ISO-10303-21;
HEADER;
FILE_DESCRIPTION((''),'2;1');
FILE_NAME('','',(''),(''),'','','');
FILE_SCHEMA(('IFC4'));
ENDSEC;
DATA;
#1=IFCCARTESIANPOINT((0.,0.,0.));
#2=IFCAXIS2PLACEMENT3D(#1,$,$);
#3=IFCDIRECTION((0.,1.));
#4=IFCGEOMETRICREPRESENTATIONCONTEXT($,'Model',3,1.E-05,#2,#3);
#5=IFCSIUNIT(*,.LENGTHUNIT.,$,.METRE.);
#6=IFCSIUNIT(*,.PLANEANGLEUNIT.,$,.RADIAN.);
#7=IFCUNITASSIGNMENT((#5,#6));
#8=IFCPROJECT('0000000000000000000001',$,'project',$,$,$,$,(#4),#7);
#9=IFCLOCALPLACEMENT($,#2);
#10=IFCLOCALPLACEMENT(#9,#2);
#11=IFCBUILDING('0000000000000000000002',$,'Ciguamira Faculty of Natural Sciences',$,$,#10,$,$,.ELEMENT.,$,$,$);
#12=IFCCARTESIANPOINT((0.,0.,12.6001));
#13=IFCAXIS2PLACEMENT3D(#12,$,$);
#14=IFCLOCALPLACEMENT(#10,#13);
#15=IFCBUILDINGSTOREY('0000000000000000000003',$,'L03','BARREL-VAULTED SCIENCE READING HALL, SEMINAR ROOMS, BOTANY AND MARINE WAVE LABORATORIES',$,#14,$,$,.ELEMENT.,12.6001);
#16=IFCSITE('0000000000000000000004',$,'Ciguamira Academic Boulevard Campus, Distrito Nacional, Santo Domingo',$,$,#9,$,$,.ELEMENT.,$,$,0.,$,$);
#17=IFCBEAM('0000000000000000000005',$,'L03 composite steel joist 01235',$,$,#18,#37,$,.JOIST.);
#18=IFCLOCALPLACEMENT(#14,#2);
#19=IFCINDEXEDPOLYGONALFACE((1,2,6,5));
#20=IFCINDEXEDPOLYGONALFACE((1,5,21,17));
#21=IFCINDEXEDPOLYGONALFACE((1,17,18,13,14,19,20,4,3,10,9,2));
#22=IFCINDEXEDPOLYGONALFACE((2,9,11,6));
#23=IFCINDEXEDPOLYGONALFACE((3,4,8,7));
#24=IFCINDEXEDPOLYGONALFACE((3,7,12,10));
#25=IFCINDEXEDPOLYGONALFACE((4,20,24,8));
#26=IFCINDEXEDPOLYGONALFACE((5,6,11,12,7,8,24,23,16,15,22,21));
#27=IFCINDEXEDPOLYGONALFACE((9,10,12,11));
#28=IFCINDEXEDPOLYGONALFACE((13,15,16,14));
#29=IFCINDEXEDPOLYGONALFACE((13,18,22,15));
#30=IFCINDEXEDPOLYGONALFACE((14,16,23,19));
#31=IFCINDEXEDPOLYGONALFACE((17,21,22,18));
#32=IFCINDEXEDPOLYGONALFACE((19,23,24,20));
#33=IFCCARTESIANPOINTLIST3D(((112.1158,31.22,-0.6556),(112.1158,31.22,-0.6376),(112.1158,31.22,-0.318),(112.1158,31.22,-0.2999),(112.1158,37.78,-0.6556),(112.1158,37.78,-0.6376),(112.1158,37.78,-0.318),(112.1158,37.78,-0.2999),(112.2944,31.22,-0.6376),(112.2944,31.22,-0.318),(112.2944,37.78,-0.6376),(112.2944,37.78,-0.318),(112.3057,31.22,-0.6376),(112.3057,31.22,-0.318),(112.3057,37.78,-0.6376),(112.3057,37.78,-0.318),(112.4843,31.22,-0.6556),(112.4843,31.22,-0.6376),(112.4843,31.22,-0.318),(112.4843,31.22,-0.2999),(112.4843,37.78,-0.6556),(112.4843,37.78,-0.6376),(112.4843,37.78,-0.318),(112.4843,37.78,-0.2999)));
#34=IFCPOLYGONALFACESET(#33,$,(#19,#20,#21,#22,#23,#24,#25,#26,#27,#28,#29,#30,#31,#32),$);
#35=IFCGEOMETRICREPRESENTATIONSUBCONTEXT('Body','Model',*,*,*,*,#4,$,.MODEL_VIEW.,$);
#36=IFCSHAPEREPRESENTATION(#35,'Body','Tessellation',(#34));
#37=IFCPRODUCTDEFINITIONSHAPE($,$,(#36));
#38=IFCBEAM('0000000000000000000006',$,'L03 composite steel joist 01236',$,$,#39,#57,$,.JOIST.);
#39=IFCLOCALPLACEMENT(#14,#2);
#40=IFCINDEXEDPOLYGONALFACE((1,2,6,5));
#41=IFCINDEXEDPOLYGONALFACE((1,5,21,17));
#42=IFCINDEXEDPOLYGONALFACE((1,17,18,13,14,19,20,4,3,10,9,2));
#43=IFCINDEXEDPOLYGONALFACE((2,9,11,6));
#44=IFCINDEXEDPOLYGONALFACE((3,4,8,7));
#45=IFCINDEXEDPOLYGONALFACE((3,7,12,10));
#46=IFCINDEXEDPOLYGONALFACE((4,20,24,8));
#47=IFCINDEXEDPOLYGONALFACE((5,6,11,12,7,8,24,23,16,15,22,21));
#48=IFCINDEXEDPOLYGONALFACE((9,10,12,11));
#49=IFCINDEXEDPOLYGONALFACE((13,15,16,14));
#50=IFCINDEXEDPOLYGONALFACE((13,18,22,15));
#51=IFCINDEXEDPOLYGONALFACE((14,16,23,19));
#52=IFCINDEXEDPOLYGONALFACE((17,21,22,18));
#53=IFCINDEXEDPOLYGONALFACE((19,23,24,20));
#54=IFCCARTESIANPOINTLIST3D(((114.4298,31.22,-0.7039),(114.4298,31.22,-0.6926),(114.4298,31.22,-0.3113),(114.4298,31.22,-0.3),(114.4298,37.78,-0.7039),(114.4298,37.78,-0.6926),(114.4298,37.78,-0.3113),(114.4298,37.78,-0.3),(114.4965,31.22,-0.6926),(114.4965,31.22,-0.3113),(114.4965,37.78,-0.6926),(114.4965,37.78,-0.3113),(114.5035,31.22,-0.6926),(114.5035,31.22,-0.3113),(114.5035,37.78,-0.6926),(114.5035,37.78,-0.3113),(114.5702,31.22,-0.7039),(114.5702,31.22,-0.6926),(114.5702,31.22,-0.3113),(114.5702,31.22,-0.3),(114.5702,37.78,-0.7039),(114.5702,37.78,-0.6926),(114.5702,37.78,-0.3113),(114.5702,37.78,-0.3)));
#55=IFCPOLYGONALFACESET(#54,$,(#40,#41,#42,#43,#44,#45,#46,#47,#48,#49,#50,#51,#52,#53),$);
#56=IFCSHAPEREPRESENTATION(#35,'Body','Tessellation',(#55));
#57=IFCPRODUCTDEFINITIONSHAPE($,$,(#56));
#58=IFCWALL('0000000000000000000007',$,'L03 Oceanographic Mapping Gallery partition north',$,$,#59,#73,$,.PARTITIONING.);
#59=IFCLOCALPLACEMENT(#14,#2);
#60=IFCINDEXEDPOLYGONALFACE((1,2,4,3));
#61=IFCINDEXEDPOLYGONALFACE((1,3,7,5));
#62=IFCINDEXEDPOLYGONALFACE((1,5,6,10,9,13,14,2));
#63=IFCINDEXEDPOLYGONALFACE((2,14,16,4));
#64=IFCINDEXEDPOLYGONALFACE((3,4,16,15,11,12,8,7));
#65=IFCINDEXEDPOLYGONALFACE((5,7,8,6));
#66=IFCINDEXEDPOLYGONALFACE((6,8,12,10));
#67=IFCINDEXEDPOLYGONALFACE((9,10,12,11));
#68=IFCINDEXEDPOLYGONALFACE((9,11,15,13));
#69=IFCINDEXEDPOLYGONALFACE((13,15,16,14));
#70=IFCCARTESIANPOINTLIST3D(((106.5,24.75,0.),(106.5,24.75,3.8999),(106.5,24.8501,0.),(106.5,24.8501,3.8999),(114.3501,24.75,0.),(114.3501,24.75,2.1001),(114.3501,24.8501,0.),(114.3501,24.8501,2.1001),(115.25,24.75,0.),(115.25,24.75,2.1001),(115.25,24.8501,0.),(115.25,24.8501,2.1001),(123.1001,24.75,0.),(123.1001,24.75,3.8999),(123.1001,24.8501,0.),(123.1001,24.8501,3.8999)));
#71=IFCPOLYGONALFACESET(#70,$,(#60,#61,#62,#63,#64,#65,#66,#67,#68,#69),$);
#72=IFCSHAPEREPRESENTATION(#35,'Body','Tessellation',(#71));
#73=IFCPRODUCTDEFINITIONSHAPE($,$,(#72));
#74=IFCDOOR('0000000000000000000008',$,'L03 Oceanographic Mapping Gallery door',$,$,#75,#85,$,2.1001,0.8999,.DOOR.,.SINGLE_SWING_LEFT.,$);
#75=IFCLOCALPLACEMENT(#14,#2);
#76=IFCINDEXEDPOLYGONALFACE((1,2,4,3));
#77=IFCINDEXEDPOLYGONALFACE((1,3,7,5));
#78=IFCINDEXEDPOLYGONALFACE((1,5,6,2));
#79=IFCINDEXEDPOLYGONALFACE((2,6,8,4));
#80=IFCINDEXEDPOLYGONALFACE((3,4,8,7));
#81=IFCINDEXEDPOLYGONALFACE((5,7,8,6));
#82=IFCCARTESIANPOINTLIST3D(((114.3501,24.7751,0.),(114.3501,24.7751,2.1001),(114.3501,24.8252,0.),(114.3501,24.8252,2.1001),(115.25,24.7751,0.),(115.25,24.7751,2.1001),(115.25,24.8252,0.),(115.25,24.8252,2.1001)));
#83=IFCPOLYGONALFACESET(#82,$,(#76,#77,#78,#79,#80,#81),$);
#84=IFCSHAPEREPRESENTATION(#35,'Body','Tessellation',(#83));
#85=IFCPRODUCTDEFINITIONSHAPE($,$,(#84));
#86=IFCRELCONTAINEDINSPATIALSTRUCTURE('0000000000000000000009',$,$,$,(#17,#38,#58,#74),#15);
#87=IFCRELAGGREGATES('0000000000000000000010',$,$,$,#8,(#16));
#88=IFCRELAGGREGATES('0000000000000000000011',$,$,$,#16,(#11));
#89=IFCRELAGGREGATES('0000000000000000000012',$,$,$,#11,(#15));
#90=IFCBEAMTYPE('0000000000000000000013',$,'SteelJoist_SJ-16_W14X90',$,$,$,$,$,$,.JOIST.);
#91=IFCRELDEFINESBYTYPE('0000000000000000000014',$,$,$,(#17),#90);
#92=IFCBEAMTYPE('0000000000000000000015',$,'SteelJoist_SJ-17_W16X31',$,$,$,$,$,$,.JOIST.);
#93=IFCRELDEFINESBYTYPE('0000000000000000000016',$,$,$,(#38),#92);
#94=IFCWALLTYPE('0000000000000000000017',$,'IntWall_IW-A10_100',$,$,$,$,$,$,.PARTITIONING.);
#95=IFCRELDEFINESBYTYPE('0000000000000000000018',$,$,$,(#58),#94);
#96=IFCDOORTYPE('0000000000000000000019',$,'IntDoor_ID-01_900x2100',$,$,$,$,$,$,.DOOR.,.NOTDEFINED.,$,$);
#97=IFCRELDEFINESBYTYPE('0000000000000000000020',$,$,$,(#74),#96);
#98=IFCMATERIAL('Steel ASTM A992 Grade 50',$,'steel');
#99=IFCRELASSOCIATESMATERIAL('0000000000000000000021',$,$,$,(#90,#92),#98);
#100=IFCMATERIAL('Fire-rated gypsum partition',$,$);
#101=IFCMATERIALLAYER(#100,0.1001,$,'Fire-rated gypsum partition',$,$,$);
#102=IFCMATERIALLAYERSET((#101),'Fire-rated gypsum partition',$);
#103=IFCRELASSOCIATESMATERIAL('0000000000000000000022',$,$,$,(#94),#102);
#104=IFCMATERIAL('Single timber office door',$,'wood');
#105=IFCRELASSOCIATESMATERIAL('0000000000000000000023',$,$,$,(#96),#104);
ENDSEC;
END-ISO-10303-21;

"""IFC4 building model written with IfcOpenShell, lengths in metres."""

from ifc_helpers import new_model, si_unit, direction, frame, frame_2d, origin, origin_2d, place, context, subcontext, project, spatial, rectangle, i_section, extrude, material, layer, layer_set, material_profile, profile_set, type_object, element, fill, save


model = new_model("IFC4")

# Units and contexts
model_context = context("Model", 3, precision=1e-05, world=origin(), true_north=direction((0.0, 1.0)))
body_context = subcontext(model_context, "Body", "Model", "MODEL_VIEW")
ifc_project = project(units=[si_unit("LENGTHUNIT", "METRE"), si_unit("PLANEANGLEUNIT", "RADIAN")], contexts=[model_context])

# Site, building, storey
site_placement = place(None, origin())
site = spatial("IfcSite", under=ifc_project, at=site_placement, Name="Ciguamira Academic Boulevard Campus, Distrito Nacional, Santo Domingo", CompositionType="ELEMENT", RefElevation=0.0)
building_placement = place(site_placement, origin())
building = spatial("IfcBuilding", under=site, at=building_placement, Name="Ciguamira Faculty of Natural Sciences", CompositionType="ELEMENT")
storey_placement = place(building_placement, frame((0.0, 0.0, 12.6001)))
storey = spatial("IfcBuildingStorey", under=building, at=storey_placement, Name="L03", Description="BARREL-VAULTED SCIENCE READING HALL, SEMINAR ROOMS, BOTANY AND MARINE WAVE LABORATORIES", CompositionType="ELEMENT", Elevation=12.6001)

# Beams
ifc_material_1 = material(Name="Steel ASTM A992 Grade 50", Category="steel")
ifc_material_profile_1 = material_profile(ifc_material_1, i_section(OverallWidth=0.3684, OverallDepth=0.3557, WebThickness=0.0112, FlangeThickness=0.0181, at=origin_2d()), Name="W14X90")
ifc_profile_set_1 = profile_set([ifc_material_profile_1], Name="Steel ASTM A992 Grade 50")
beam_type_1 = type_object("IfcBeamType", Name="SteelJoist_SJ-16_W14X90", PredefinedType="JOIST", material=ifc_profile_set_1)
beam_1_placement = place(storey_placement, frame((112.3, 31.22, -0.4778), z_axis=(0.0, 1.0, 0.0), x_axis=(-1.0, 0.0, 0.0)))
element("IfcBeam", 1, at=beam_1_placement, inside=storey, type_object=beam_type_1, Name="L03 composite steel joist 01235", PredefinedType="JOIST", context=body_context, shape_type="SweptSolid", body=[
    extrude(i_section(OverallWidth=0.3684, OverallDepth=0.3557, WebThickness=0.0112, FlangeThickness=0.0181, at=origin_2d()), origin(), (0.0, 0.0, 1.0), 6.5601),
])
ifc_material_profile_2 = material_profile(ifc_material_1, i_section(OverallWidth=0.1404, OverallDepth=0.4038, WebThickness=0.0071, FlangeThickness=0.0112, at=origin_2d()), Name="W16X31")
ifc_profile_set_2 = profile_set([ifc_material_profile_2], Name="Steel ASTM A992 Grade 50")
beam_type_2 = type_object("IfcBeamType", Name="SteelJoist_SJ-17_W16X31", PredefinedType="JOIST", material=ifc_profile_set_2)
beam_2_placement = place(storey_placement, frame((114.5, 31.22, -0.502), z_axis=(0.0, 1.0, 0.0), x_axis=(-1.0, 0.0, 0.0)))
element("IfcBeam", 2, at=beam_2_placement, inside=storey, type_object=beam_type_2, Name="L03 composite steel joist 01236", PredefinedType="JOIST", context=body_context, shape_type="SweptSolid", body=[
    extrude(i_section(OverallWidth=0.1404, OverallDepth=0.4038, WebThickness=0.0071, FlangeThickness=0.0112, at=origin_2d()), origin(), (0.0, 0.0, 1.0), 6.5601),
])

# Wall, opening, door
ifc_material_2 = material(Name="Fire-rated gypsum partition")
ifc_layer = layer(ifc_material_2, 0.1001, Name="Fire-rated gypsum partition")
ifc_layer_set = layer_set([ifc_layer], Name="Fire-rated gypsum partition")
wall_type = type_object("IfcWallType", Name="IntWall_IW-A10_100", PredefinedType="PARTITIONING", material=ifc_layer_set)
wall_placement = place(storey_placement, frame((106.5, 24.8, 0.0), z_axis=(0.0, 0.0, 1.0), x_axis=(1.0, 0.0, 0.0)))
wall = element("IfcWall", 3, at=wall_placement, inside=storey, type_object=wall_type, Name="L03 Oceanographic Mapping Gallery partition north", PredefinedType="PARTITIONING", context=body_context, shape_type="SweptSolid", body=[
    extrude(rectangle(XDim=16.6001, YDim=0.1001, at=frame_2d((8.3, 0.0))), origin(), (0.0, 0.0, 1.0), 3.8999),
])
opening_placement = place(wall_placement, frame((7.8501, 0.0, 0.0)))
opening = element("IfcOpeningElement", 4, at=opening_placement, cuts=wall, PredefinedType="OPENING", context=body_context, shape_type="SweptSolid", body=[
    extrude(rectangle(XDim=0.8999, YDim=2.1001, at=frame_2d((0.45, 1.05))), frame((0.0, 0.0601, 0.0), z_axis=(0.0, -1.0, 0.0), x_axis=(1.0, 0.0, 0.0)), (0.0, 0.0, 1.0), 0.1201),
])
ifc_material_3 = material(Name="Single timber office door", Category="wood")
door_type = type_object("IfcDoorType", Name="IntDoor_ID-01_900x2100", OperationType="NOTDEFINED", PredefinedType="DOOR", material=ifc_material_3)
door_placement = place(opening_placement, frame((0.8999, 0.0, 0.0), z_axis=(0.0, 0.0, 1.0), x_axis=(-1.0, 0.0, 0.0)))
door = element("IfcDoor", 5, at=door_placement, inside=storey, type_object=door_type, Name="L03 Oceanographic Mapping Gallery door", OperationType="SINGLE_SWING_LEFT", OverallHeight=2.1001, OverallWidth=0.8999, PredefinedType="DOOR", context=body_context, shape_type="SweptSolid", body=[
    extrude(rectangle(XDim=0.8999, YDim=2.1001, at=frame_2d((0.45, 1.05))), frame((0.0, 0.0249, 0.0), z_axis=(0.0, -1.0, 0.0), x_axis=(1.0, 0.0, 0.0)), (0.0, 0.0, 1.0), 0.05),
])
fill(opening, door)

save(model, "model.ifc")
